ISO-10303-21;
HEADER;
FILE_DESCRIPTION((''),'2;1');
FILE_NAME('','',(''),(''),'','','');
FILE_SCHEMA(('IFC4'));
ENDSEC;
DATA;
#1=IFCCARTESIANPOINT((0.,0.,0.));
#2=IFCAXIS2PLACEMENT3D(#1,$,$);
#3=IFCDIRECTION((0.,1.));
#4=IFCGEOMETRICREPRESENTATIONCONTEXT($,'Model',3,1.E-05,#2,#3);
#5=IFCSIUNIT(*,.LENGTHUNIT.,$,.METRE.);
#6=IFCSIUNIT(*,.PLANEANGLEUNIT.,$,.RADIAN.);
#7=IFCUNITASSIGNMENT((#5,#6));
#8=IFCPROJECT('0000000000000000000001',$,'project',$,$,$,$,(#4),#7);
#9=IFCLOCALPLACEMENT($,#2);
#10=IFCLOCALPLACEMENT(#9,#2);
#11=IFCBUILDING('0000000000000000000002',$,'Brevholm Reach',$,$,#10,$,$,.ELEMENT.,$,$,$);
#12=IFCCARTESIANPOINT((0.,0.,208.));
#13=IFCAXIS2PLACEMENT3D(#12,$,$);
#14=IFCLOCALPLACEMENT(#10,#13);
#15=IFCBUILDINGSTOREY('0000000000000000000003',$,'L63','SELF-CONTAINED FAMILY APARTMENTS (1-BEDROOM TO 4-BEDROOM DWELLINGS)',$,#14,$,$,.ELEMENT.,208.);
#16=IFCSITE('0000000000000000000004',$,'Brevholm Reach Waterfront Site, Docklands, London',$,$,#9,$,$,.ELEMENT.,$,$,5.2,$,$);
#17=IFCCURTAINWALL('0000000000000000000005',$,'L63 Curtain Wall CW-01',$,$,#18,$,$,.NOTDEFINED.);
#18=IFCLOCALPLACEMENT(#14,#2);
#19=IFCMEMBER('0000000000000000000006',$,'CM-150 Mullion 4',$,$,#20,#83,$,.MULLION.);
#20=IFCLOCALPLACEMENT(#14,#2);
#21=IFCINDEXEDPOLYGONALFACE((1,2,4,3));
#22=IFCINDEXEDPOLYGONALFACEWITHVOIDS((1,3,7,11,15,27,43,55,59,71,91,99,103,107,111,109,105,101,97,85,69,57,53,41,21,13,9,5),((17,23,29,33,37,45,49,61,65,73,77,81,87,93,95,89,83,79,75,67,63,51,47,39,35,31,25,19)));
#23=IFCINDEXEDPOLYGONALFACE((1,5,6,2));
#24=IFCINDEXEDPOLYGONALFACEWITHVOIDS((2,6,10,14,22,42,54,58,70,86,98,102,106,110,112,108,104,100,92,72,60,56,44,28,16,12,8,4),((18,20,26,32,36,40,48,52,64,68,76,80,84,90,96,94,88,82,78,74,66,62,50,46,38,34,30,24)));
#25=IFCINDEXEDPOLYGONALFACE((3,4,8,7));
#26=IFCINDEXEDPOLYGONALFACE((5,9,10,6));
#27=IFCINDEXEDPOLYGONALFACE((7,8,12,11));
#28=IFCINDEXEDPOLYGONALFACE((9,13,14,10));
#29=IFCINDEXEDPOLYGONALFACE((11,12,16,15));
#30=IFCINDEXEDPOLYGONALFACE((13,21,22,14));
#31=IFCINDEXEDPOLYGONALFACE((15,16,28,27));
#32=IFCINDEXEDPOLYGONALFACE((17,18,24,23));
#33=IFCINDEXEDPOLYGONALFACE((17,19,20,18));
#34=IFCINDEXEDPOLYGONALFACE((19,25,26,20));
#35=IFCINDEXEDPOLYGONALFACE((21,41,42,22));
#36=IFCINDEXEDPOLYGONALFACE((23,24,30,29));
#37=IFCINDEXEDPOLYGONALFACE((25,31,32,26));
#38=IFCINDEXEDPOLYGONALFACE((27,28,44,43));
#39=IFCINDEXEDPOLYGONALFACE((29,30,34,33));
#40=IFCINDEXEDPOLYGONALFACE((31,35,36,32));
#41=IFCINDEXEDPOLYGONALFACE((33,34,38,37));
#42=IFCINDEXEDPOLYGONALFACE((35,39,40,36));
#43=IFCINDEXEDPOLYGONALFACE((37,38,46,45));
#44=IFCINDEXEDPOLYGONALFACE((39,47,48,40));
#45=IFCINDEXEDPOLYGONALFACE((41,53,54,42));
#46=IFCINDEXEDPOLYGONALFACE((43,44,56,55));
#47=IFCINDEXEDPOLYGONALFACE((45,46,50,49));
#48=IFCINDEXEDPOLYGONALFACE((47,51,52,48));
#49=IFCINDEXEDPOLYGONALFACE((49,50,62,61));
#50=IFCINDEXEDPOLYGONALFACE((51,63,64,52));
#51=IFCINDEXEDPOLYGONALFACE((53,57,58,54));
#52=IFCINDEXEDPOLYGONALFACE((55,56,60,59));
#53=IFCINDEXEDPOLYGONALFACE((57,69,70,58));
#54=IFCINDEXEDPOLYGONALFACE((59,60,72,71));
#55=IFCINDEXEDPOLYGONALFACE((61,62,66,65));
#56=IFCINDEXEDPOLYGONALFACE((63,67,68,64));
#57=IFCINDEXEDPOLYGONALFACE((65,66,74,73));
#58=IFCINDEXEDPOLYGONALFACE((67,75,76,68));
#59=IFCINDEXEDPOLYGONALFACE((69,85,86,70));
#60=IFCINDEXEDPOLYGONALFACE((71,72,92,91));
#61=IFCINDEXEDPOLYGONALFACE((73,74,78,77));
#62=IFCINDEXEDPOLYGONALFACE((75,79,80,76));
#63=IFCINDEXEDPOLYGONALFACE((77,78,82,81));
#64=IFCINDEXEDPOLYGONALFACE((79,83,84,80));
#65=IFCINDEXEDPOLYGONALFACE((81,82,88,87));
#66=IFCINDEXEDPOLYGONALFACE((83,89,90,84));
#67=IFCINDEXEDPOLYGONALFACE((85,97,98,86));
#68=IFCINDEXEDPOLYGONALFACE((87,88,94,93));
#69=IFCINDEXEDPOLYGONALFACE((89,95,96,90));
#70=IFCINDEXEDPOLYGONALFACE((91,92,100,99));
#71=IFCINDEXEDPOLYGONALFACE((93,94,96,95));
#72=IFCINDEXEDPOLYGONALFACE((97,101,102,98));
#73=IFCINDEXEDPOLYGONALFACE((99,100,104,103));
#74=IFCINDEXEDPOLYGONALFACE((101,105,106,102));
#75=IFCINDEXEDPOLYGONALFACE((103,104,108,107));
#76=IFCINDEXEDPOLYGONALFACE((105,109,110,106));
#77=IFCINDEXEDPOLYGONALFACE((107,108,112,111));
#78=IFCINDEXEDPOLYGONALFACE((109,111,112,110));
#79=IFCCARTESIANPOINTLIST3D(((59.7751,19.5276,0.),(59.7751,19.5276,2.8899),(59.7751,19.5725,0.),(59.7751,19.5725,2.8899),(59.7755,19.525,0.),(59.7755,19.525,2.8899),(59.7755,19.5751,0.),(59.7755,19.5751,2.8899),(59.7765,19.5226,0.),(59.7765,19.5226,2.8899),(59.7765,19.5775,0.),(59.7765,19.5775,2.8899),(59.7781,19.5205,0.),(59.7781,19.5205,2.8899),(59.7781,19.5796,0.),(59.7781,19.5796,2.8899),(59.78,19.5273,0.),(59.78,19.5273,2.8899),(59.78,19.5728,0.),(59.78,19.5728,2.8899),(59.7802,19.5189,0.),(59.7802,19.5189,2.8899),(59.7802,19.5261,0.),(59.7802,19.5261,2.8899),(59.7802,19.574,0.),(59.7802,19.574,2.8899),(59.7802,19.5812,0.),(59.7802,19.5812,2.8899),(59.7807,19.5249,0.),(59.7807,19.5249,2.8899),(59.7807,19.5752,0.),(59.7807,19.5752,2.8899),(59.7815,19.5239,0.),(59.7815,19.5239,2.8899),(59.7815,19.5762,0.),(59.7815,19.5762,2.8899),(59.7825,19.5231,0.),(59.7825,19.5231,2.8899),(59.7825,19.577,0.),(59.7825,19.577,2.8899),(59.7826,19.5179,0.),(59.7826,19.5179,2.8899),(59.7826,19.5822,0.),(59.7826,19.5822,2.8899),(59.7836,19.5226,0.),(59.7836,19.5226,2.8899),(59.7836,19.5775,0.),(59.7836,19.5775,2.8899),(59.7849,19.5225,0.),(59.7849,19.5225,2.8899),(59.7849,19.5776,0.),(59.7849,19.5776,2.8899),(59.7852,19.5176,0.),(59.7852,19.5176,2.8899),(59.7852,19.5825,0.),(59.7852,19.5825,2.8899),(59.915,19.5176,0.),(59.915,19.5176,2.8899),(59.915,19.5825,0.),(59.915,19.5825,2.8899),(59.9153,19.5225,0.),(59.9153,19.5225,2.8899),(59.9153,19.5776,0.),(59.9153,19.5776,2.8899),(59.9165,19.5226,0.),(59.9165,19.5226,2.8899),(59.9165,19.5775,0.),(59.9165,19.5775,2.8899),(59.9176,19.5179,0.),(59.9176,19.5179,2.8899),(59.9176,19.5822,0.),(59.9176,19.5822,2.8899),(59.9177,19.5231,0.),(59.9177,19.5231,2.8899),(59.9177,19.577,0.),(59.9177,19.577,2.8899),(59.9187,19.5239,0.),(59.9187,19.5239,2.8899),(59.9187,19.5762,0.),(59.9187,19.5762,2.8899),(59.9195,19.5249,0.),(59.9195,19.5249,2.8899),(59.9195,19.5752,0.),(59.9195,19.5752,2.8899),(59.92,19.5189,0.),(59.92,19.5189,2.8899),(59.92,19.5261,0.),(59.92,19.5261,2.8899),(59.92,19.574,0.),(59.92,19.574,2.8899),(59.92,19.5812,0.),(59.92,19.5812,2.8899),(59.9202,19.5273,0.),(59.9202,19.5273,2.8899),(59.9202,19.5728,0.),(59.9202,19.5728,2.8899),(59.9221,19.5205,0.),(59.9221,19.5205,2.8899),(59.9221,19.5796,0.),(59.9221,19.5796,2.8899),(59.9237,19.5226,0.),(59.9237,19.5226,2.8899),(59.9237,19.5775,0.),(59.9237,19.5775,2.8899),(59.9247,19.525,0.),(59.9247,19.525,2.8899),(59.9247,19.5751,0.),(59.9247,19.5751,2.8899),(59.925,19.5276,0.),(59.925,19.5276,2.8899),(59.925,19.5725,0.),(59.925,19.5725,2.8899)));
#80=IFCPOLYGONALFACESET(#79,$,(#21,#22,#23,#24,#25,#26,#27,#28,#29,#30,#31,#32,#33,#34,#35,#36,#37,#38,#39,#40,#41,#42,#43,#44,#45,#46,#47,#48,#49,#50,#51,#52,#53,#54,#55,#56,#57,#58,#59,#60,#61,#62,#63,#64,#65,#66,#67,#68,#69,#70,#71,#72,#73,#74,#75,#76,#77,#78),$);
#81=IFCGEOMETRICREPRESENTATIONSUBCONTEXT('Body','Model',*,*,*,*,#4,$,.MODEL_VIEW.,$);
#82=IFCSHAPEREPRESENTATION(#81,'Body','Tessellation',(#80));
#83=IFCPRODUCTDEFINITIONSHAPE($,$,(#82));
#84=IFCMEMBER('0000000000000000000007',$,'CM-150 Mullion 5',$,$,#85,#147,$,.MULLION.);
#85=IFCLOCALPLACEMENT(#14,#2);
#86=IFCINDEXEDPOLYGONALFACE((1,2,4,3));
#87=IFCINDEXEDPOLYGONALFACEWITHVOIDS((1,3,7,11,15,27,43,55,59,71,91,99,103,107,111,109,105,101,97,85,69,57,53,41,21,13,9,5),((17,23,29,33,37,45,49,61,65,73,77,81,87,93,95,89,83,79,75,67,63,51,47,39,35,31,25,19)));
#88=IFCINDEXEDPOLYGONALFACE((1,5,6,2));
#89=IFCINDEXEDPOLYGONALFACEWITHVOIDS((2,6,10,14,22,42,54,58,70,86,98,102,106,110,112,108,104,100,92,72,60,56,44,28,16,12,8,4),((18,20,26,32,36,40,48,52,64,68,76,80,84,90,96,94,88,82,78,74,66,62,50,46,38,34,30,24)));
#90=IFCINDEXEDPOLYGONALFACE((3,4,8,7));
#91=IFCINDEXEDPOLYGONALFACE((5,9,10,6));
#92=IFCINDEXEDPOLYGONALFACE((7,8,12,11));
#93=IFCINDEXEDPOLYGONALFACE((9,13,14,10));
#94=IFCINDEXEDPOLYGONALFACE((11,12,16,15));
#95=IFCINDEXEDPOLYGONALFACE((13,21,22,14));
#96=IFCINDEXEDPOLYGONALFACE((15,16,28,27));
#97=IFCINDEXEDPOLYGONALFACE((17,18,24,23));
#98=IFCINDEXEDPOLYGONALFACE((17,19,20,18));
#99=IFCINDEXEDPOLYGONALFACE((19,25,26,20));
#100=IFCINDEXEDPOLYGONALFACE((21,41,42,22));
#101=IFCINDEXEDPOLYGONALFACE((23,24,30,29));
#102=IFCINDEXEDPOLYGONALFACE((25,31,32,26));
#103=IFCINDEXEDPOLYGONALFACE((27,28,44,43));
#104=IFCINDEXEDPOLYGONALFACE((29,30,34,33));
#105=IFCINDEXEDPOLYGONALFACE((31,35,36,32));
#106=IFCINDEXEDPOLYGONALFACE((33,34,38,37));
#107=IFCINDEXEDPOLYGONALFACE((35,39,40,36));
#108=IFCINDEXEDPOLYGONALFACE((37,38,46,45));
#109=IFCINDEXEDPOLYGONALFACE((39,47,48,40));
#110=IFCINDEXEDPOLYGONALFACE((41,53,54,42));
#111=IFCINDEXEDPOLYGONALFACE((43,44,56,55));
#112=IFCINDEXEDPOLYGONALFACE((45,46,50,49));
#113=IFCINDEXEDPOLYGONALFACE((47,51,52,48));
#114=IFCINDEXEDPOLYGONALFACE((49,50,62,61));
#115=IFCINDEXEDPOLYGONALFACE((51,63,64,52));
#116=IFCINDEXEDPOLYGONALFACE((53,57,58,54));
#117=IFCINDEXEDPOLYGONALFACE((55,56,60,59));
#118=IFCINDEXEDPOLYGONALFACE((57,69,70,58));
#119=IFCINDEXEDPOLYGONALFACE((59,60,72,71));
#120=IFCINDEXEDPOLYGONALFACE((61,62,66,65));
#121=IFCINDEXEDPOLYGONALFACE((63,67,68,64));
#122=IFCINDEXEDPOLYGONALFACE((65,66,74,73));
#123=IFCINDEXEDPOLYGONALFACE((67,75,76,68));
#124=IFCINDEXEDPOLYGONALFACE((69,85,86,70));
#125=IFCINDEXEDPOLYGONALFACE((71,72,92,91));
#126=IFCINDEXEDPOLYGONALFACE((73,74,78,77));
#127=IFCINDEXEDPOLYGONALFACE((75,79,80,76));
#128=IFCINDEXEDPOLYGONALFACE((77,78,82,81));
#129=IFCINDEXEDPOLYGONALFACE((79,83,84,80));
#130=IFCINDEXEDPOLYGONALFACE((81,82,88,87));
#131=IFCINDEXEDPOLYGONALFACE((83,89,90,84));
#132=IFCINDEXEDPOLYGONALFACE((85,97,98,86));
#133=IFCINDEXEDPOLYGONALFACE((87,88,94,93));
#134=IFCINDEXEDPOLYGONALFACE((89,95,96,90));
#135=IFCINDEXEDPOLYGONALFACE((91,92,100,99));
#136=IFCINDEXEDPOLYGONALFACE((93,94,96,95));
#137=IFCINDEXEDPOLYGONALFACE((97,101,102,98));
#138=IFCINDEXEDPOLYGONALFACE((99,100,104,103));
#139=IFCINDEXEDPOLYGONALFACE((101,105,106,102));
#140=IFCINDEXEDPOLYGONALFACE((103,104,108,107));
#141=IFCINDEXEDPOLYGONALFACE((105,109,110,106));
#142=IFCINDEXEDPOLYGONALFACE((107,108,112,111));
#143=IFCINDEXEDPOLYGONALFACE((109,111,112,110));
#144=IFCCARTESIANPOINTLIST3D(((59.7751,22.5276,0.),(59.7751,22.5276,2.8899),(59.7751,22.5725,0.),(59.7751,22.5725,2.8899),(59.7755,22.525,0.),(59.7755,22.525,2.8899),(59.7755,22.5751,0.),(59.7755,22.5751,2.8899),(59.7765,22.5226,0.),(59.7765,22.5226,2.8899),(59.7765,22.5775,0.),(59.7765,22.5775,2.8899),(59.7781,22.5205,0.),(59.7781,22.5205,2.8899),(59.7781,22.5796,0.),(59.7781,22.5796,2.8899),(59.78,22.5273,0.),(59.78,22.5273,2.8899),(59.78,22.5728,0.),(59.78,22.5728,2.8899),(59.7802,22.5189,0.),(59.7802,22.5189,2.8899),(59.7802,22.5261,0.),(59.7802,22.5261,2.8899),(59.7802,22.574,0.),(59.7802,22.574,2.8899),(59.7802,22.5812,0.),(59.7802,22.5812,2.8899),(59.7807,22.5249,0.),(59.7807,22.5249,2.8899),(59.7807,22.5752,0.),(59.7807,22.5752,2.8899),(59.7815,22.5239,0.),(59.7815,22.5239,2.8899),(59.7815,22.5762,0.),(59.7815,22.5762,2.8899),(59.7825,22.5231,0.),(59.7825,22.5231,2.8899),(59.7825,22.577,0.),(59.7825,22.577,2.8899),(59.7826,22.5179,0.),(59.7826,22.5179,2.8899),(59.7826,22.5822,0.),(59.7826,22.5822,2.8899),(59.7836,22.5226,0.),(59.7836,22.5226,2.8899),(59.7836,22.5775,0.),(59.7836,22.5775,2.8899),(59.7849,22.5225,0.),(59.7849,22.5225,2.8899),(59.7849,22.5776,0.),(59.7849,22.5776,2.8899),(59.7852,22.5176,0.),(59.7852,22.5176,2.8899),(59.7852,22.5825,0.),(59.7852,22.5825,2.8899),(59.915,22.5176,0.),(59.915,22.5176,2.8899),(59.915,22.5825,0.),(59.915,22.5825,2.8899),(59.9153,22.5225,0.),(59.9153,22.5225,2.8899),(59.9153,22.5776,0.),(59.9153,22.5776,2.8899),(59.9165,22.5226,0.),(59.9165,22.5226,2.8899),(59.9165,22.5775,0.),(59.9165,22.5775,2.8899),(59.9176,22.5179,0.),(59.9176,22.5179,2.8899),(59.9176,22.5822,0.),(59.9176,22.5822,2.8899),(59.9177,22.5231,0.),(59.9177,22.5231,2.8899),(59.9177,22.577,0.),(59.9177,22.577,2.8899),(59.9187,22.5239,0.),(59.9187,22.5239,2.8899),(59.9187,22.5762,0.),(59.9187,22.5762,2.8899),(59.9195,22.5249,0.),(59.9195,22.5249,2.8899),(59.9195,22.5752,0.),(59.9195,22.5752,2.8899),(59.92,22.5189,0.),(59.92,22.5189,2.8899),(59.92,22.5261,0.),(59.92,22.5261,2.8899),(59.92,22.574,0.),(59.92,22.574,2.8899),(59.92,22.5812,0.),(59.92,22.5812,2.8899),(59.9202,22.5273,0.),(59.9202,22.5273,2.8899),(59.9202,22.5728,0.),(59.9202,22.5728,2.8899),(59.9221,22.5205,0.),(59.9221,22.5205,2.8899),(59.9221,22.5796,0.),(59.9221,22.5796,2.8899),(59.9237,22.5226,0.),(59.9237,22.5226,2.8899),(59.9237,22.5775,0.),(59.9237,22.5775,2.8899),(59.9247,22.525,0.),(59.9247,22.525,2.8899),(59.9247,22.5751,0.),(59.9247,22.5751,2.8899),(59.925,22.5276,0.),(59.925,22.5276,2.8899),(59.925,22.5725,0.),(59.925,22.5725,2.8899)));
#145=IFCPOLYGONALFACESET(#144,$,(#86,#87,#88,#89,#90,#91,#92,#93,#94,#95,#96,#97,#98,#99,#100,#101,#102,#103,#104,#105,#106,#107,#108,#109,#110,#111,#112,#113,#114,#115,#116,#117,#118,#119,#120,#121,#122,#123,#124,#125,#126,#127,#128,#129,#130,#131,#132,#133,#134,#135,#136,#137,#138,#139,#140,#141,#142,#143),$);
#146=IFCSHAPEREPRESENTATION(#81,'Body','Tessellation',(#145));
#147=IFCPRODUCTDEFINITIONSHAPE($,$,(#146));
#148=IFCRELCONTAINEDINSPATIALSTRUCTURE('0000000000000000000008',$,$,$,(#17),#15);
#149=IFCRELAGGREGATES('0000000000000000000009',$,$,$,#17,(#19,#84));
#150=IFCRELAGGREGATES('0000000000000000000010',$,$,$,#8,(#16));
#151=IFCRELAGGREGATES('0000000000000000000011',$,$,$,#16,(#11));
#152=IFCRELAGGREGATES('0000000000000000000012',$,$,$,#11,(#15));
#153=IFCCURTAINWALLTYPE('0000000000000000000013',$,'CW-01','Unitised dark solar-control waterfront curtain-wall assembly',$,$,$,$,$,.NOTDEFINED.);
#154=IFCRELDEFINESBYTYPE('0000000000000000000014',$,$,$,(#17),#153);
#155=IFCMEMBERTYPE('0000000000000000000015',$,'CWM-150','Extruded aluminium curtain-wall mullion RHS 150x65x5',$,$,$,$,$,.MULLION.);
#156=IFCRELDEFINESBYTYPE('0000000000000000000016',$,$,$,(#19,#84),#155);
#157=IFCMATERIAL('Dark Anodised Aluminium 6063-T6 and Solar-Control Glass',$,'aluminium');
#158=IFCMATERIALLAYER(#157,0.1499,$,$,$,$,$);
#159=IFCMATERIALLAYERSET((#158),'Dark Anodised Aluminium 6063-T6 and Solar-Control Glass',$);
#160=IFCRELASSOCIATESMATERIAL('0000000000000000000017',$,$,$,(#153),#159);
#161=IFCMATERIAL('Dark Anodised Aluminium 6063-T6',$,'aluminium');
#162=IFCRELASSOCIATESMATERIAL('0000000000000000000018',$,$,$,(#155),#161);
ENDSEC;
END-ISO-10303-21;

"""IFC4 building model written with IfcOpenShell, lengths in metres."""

from ifc_helpers import new_model, si_unit, direction, frame, origin, origin_2d, place, context, subcontext, project, spatial, hollow_rectangle, extrude, material, layer, layer_set, material_profile, profile_set, type_object, element, aggregate, save


model = new_model("IFC4")

# Units and contexts
model_context = context("Model", 3, precision=1e-05, world=origin(), true_north=direction((0.0, 1.0)))
body_context = subcontext(model_context, "Body", "Model", "MODEL_VIEW")
ifc_project = project(units=[si_unit("LENGTHUNIT", "METRE"), si_unit("PLANEANGLEUNIT", "RADIAN")], contexts=[model_context])

# Site, building, storey
site_placement = place(None, origin())
site = spatial("IfcSite", under=ifc_project, at=site_placement, Name="Brevholm Reach Waterfront Site, Docklands, London", CompositionType="ELEMENT", RefElevation=5.2)
building_placement = place(site_placement, origin())
building = spatial("IfcBuilding", under=site, at=building_placement, Name="Brevholm Reach", CompositionType="ELEMENT")
storey_placement = place(building_placement, frame((0.0, 0.0, 208.0)))
storey = spatial("IfcBuildingStorey", under=building, at=storey_placement, Name="L63", Description="SELF-CONTAINED FAMILY APARTMENTS (1-BEDROOM TO 4-BEDROOM DWELLINGS)", CompositionType="ELEMENT", Elevation=208.0)

# Curtain wall, members
ifc_material_1 = material(Name="Dark Anodised Aluminium 6063-T6 and Solar-Control Glass", Category="aluminium")
ifc_layer_1 = layer(ifc_material_1, 0.1499)
ifc_layer_set_1 = layer_set([ifc_layer_1], Name="Dark Anodised Aluminium 6063-T6 and Solar-Control Glass")
curtain_wall_type = type_object("IfcCurtainWallType", Name="CW-01", Description="Unitised dark solar-control waterfront curtain-wall assembly", PredefinedType="NOTDEFINED", material=ifc_layer_set_1)
curtain_wall_placement = place(storey_placement, origin())
curtain_wall = element("IfcCurtainWall", 1, at=curtain_wall_placement, inside=storey, type_object=curtain_wall_type, Name="L63 Curtain Wall CW-01", PredefinedType="NOTDEFINED")
ifc_material_2 = material(Name="Dark Anodised Aluminium 6063-T6", Category="aluminium")
ifc_material_profile_1 = material_profile(ifc_material_2, hollow_rectangle(XDim=0.0649, YDim=0.1499, WallThickness=0.0049, InnerFilletRadius=0.0049, OuterFilletRadius=0.01, at=origin_2d()), Name="RHS 150x65x5")
ifc_profile_set_1 = profile_set([ifc_material_profile_1], Name="Dark Anodised Aluminium 6063-T6")
member_type_1 = type_object("IfcMemberType", Name="CWM-150", Description="Extruded aluminium curtain-wall mullion RHS 150x65x5", PredefinedType="MULLION", material=ifc_profile_set_1)
member_1_placement = place(storey_placement, frame((59.8501, 19.55, 0.0), z_axis=(0.0, 0.0, 1.0), x_axis=(0.0, 1.0, 0.0)))
member_1 = element("IfcMember", 2, at=member_1_placement, type_object=member_type_1, Name="CM-150 Mullion 4", PredefinedType="MULLION", context=body_context, shape_type="SweptSolid", body=[
    extrude(hollow_rectangle(XDim=0.0649, YDim=0.1499, WallThickness=0.0049, InnerFilletRadius=0.0049, OuterFilletRadius=0.01, at=origin_2d()), origin(), (0.0, 0.0, 1.0), 2.8899),
])
member_2_placement = place(storey_placement, frame((59.8501, 22.55, 0.0), z_axis=(0.0, 0.0, 1.0), x_axis=(0.0, 1.0, 0.0)))
member_2 = element("IfcMember", 3, at=member_2_placement, type_object=member_type_1, Name="CM-150 Mullion 5", PredefinedType="MULLION", context=body_context, shape_type="SweptSolid", body=[
    extrude(hollow_rectangle(XDim=0.0649, YDim=0.1499, WallThickness=0.0049, InnerFilletRadius=0.0049, OuterFilletRadius=0.01, at=origin_2d()), origin(), (0.0, 0.0, 1.0), 2.8899),
])
aggregate(curtain_wall, [member_1, member_2])

save(model, "model.ifc")
